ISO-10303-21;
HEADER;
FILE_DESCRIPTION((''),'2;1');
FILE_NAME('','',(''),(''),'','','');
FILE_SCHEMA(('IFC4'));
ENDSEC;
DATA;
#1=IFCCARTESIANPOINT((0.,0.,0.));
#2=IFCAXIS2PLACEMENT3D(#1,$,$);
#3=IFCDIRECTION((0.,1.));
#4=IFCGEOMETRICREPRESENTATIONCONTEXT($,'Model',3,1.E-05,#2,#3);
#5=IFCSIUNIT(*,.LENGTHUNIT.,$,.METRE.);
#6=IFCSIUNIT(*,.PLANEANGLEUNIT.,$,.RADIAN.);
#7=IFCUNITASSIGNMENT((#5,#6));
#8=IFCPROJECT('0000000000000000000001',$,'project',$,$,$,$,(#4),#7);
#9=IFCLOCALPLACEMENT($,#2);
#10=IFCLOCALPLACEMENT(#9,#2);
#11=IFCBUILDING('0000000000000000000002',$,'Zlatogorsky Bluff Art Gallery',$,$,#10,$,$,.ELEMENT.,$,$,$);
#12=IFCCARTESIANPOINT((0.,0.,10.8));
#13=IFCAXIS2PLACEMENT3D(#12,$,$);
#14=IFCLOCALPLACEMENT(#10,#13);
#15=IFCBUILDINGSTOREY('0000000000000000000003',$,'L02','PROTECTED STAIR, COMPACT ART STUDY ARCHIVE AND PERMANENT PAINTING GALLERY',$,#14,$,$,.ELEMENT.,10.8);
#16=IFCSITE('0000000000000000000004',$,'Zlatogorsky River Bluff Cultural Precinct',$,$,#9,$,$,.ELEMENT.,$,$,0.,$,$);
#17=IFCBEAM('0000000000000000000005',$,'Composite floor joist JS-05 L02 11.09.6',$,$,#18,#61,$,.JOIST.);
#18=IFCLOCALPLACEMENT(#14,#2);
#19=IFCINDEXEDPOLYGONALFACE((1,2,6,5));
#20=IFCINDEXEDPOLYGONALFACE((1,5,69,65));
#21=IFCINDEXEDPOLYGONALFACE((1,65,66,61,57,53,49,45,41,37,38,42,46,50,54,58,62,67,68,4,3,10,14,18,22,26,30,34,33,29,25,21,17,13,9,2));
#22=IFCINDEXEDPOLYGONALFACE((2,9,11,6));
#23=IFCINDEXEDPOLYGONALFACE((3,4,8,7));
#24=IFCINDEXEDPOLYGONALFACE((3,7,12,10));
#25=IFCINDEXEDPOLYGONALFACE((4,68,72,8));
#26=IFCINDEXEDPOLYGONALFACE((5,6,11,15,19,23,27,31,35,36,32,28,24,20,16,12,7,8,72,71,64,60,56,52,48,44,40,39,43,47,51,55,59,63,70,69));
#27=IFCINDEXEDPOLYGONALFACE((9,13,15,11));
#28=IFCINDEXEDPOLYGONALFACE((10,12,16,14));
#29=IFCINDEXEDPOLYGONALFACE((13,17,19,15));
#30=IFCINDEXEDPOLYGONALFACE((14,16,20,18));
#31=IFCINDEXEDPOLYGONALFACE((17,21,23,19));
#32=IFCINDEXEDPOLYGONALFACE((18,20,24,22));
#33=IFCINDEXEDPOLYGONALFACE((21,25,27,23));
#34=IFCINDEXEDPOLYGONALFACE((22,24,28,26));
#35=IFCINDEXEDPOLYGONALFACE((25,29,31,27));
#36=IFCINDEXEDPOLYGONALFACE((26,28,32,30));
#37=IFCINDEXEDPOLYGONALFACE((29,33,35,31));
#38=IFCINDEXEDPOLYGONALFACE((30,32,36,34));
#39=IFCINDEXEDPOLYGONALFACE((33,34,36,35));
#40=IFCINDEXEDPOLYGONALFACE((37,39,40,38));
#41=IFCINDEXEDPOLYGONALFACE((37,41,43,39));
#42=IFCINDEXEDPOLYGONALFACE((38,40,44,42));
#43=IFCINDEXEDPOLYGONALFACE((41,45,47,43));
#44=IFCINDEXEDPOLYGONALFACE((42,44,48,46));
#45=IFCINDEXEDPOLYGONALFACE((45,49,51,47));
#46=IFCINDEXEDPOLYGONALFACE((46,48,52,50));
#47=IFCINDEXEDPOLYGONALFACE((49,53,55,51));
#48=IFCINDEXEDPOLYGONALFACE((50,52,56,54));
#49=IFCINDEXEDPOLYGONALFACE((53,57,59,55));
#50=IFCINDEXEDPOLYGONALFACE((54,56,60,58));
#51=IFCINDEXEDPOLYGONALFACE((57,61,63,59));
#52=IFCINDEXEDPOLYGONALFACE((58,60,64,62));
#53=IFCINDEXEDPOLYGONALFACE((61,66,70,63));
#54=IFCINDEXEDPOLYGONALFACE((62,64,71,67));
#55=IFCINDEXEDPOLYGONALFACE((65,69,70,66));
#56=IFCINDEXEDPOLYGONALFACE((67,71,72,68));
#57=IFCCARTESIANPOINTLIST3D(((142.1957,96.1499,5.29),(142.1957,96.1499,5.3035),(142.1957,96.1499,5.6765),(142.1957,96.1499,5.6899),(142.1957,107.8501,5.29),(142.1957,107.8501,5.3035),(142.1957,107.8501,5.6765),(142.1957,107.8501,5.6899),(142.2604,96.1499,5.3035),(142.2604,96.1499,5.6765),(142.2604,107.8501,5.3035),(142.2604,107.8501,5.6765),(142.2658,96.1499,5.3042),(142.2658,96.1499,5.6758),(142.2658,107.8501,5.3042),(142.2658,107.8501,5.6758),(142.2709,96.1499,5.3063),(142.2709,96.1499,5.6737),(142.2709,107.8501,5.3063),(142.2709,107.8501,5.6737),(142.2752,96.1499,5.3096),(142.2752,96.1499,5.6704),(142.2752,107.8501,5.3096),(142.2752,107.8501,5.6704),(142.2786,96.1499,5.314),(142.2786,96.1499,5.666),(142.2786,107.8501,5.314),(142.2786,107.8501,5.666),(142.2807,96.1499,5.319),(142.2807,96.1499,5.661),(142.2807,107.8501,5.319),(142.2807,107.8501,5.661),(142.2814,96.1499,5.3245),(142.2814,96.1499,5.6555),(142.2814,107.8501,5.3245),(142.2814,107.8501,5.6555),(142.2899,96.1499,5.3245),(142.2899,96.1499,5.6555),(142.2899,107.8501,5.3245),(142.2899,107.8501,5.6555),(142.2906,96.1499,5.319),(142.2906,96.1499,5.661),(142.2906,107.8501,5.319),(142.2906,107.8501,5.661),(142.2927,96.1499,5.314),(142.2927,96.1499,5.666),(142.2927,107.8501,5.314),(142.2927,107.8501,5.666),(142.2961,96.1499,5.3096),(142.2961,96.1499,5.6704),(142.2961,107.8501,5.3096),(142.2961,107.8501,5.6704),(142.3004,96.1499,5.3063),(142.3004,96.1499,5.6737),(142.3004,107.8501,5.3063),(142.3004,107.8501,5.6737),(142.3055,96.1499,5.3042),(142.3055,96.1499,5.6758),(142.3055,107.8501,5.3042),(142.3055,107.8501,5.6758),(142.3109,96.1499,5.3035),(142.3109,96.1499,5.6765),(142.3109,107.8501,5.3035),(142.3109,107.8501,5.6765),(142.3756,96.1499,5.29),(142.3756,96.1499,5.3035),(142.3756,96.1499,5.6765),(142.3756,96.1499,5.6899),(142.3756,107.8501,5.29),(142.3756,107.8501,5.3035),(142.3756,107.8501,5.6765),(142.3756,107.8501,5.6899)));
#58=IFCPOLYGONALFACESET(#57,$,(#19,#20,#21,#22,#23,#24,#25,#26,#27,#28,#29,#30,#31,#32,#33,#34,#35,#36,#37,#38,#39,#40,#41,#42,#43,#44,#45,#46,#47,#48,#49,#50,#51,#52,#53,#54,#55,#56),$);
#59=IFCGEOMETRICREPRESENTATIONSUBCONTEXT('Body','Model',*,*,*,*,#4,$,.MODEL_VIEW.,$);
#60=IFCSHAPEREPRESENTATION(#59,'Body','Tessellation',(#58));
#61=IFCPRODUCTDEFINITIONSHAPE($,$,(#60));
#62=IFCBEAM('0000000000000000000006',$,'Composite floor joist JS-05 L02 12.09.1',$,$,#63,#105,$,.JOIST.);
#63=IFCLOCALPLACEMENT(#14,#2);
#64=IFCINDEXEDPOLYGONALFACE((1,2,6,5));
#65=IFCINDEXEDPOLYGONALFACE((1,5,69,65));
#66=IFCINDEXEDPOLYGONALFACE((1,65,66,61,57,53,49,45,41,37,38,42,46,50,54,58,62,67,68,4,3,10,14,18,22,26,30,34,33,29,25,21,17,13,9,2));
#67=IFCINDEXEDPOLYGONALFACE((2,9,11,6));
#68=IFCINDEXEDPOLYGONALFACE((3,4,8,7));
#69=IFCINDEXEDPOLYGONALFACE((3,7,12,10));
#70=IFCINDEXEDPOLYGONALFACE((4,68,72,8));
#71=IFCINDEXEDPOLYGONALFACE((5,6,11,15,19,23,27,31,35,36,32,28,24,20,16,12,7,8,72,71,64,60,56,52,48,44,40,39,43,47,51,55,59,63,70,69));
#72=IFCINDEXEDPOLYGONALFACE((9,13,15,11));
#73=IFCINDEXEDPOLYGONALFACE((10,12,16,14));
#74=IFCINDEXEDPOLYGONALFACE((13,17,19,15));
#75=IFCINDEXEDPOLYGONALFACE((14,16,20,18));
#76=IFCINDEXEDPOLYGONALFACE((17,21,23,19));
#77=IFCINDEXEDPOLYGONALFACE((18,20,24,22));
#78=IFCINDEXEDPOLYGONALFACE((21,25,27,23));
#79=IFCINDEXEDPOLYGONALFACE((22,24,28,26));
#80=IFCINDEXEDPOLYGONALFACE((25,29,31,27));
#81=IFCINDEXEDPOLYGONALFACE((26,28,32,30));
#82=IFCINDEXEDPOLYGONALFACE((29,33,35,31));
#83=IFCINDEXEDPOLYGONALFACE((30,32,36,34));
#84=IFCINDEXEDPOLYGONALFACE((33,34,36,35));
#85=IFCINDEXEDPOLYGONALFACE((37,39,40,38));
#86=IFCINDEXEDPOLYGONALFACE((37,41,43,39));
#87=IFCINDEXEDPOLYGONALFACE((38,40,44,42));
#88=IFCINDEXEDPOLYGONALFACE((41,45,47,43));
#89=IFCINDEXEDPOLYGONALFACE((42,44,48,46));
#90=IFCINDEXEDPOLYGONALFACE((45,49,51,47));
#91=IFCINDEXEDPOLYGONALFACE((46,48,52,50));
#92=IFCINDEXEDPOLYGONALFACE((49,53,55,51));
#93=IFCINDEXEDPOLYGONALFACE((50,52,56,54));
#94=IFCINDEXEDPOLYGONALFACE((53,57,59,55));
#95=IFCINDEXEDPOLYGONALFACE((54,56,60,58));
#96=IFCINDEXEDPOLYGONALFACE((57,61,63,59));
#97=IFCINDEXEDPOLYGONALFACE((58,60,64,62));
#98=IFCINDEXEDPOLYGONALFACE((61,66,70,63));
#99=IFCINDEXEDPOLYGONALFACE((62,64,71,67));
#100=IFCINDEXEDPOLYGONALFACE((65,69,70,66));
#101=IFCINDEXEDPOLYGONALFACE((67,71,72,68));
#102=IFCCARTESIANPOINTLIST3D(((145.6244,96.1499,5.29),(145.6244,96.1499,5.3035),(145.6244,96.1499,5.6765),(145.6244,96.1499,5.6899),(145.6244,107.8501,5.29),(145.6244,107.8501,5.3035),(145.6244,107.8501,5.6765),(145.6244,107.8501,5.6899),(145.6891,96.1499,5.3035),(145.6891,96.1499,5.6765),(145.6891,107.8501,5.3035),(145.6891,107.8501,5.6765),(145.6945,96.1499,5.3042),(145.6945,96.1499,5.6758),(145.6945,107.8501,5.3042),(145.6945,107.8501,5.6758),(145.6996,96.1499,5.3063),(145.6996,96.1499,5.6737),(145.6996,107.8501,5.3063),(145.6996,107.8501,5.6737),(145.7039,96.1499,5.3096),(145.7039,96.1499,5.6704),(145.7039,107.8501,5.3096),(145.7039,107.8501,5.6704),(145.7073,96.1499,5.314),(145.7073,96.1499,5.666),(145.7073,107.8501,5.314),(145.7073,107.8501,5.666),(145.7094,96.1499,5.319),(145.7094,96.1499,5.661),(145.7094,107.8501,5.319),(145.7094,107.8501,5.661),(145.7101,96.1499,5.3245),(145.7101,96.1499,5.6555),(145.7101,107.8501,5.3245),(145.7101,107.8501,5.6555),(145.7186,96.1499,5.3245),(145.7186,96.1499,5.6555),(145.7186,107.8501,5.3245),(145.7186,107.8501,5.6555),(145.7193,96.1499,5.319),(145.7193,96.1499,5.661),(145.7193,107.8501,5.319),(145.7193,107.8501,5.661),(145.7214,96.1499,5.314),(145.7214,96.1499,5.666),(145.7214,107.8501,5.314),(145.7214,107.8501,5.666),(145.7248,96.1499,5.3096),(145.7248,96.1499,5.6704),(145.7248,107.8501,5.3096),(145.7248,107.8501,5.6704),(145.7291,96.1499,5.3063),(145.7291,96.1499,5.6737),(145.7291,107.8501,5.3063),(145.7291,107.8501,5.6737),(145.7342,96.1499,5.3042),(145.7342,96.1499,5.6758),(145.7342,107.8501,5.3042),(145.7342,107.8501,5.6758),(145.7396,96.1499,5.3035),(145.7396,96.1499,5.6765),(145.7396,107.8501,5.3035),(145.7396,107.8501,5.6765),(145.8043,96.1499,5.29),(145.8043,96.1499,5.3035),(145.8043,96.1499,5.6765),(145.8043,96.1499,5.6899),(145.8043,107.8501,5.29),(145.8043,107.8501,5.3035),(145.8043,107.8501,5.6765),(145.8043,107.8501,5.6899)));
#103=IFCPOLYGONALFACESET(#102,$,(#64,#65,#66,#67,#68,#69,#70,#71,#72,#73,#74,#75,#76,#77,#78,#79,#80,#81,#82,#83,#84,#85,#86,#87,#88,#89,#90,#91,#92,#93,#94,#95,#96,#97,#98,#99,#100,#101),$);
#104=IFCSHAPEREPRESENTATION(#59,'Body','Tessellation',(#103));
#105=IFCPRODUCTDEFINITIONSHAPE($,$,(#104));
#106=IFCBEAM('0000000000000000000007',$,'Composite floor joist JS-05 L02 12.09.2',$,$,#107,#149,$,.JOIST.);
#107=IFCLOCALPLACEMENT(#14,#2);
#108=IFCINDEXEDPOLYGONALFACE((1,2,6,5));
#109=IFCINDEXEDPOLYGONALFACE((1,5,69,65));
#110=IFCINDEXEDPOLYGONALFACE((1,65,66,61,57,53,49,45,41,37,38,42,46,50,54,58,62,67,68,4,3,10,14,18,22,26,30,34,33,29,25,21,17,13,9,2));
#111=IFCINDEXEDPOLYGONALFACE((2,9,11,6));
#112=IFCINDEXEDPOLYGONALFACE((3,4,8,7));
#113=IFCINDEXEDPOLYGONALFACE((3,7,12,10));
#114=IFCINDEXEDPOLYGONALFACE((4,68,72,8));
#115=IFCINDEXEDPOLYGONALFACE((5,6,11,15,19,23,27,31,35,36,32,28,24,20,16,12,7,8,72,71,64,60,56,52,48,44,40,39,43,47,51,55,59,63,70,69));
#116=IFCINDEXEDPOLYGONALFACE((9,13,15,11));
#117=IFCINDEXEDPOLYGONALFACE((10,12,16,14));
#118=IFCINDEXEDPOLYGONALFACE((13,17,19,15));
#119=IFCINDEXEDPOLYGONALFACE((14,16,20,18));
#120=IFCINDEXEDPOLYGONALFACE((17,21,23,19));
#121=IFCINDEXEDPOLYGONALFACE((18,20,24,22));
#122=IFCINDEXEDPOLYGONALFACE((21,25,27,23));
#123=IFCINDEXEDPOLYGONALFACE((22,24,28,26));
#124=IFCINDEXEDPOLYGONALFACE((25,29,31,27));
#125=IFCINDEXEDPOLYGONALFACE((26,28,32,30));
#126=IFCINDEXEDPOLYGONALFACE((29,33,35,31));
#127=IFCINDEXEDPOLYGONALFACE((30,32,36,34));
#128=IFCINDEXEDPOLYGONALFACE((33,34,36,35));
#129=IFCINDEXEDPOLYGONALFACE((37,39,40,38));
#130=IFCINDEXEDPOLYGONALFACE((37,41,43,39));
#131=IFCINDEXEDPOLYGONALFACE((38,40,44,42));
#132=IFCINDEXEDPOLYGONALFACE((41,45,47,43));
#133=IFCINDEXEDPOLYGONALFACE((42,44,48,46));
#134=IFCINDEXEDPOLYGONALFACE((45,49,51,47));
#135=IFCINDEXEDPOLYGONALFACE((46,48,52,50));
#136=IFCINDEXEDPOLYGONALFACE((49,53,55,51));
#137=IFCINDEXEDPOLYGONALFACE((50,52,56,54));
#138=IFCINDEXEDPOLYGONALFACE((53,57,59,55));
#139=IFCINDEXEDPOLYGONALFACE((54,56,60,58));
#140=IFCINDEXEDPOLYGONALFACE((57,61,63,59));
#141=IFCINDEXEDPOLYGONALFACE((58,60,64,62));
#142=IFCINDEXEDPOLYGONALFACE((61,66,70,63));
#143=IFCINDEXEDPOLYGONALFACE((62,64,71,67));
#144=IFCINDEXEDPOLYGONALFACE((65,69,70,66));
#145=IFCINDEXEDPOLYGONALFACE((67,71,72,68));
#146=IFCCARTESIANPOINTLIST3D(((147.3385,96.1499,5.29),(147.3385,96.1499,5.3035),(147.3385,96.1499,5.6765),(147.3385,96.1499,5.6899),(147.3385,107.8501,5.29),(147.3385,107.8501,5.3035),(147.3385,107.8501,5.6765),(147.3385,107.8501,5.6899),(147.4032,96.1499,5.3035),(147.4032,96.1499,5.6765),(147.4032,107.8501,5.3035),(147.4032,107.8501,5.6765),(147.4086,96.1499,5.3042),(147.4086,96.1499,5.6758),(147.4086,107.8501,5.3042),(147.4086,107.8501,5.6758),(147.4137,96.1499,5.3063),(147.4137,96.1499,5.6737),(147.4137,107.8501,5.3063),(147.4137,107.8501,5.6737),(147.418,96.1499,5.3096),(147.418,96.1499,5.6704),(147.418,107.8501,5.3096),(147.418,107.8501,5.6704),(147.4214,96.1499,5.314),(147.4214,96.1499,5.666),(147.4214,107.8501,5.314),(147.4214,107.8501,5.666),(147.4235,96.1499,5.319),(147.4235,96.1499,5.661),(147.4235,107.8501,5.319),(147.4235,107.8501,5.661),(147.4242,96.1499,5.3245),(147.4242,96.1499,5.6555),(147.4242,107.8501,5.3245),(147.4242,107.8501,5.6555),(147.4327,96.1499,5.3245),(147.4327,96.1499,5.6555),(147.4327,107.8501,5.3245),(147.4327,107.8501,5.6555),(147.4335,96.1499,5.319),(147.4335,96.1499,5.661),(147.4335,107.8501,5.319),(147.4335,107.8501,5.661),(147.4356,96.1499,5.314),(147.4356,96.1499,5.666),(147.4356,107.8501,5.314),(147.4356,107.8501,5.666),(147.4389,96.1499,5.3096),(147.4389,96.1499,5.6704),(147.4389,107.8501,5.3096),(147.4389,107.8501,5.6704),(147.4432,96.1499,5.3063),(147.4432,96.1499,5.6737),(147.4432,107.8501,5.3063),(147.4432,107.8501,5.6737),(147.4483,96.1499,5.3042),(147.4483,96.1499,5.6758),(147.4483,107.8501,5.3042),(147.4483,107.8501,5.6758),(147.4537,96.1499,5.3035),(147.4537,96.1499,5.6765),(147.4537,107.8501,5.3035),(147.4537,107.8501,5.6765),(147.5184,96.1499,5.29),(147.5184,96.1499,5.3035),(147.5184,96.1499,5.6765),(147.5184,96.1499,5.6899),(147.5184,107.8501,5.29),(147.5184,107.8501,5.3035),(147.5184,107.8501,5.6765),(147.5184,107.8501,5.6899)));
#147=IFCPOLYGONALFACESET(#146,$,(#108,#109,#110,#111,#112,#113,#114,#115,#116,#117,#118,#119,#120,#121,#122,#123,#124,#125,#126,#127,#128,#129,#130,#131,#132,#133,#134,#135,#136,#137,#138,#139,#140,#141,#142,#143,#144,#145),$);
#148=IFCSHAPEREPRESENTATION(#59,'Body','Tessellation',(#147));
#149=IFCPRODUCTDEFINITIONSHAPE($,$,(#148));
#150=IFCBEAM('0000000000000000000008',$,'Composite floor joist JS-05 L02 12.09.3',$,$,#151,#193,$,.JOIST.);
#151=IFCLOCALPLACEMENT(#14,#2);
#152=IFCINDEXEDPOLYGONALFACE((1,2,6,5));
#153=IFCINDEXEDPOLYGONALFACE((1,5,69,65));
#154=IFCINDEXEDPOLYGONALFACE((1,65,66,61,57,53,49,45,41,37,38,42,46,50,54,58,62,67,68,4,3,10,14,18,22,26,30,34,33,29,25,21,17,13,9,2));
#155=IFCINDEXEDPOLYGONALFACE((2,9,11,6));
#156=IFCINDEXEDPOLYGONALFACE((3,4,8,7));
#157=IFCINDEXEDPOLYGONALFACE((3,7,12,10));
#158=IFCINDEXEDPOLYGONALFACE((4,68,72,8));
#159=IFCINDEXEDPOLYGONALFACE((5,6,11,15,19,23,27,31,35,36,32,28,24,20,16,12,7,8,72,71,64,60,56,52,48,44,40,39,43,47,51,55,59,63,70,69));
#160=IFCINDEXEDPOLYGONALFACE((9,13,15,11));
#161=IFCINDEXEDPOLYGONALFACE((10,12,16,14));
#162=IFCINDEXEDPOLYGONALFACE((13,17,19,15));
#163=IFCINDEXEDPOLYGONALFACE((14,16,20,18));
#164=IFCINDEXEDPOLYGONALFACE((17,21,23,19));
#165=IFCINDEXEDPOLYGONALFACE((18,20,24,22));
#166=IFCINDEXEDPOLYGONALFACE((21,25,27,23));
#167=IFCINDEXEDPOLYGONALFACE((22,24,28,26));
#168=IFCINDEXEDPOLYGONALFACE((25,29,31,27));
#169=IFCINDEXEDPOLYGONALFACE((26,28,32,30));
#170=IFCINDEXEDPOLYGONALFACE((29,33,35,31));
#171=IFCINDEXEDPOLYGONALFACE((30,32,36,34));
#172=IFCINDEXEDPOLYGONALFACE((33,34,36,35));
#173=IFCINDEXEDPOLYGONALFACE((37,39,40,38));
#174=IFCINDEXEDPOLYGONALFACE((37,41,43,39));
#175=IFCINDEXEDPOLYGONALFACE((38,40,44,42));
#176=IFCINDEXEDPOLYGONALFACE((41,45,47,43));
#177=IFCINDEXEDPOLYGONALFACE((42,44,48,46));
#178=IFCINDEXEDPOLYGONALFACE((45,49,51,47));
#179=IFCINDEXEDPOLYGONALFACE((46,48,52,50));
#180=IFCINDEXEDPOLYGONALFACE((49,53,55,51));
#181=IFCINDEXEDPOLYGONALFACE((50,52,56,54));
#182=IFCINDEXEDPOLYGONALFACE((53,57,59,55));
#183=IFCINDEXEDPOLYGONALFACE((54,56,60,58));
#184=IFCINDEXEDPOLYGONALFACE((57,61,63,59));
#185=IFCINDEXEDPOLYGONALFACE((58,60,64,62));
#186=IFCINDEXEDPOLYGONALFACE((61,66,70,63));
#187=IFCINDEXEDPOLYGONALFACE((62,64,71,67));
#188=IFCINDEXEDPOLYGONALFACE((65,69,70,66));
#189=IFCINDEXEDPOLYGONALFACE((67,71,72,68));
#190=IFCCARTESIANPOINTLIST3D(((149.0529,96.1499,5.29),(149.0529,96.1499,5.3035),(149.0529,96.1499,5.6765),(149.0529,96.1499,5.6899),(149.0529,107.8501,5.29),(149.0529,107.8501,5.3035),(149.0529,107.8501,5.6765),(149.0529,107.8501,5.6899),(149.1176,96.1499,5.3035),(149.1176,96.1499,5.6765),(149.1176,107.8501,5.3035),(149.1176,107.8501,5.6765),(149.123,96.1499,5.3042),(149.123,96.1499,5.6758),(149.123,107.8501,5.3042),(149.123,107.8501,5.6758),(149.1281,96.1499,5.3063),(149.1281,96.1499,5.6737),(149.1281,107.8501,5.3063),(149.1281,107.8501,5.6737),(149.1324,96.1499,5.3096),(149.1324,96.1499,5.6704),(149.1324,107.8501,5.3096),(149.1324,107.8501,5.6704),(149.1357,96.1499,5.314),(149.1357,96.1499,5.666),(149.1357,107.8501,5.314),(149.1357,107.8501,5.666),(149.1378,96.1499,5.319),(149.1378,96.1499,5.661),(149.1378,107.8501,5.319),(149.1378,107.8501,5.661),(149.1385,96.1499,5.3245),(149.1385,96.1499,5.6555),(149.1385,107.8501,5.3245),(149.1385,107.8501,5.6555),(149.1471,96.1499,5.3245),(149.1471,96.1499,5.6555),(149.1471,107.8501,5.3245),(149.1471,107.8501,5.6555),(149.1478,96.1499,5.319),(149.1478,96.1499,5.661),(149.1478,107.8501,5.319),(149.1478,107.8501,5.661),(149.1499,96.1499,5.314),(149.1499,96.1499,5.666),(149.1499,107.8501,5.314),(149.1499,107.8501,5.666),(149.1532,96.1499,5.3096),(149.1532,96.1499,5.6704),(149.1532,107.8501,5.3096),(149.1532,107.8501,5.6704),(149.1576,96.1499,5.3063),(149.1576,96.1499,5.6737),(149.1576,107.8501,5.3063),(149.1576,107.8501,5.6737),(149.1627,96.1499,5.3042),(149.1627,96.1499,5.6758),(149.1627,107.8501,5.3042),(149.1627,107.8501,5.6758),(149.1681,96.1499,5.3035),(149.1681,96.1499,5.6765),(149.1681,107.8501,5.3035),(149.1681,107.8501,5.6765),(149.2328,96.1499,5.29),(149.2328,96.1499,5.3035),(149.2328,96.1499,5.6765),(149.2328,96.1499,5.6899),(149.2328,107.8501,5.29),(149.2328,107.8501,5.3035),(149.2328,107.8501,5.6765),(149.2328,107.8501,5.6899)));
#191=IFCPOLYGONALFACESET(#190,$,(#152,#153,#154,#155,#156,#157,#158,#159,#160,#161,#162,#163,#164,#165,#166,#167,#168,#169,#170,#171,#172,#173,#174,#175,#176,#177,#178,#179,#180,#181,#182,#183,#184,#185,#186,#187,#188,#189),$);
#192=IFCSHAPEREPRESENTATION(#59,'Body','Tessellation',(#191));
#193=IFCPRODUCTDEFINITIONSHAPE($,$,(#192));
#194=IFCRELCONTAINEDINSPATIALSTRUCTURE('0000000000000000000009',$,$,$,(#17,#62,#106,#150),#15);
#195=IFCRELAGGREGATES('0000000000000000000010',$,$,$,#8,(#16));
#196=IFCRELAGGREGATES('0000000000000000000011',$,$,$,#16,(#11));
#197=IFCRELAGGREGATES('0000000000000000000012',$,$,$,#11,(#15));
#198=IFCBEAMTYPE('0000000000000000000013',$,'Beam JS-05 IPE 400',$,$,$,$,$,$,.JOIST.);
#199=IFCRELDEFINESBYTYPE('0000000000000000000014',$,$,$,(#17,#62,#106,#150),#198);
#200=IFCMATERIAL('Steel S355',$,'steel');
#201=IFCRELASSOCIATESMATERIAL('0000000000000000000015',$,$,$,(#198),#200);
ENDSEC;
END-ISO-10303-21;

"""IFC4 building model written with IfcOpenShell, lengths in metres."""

from ifc_helpers import new_model, si_unit, direction, frame, origin, origin_2d, place, context, subcontext, project, spatial, i_section, extrude, material, material_profile, profile_set, type_object, element, save


model = new_model("IFC4")

# Units and contexts
model_context = context("Model", 3, precision=1e-05, world=origin(), true_north=direction((0.0, 1.0)))
body_context = subcontext(model_context, "Body", "Model", "MODEL_VIEW")
ifc_project = project(units=[si_unit("LENGTHUNIT", "METRE"), si_unit("PLANEANGLEUNIT", "RADIAN")], contexts=[model_context])

# Site, building, storey
site_placement = place(None, origin())
site = spatial("IfcSite", under=ifc_project, at=site_placement, Name="Zlatogorsky River Bluff Cultural Precinct", CompositionType="ELEMENT", RefElevation=0.0)
building_placement = place(site_placement, origin())
building = spatial("IfcBuilding", under=site, at=building_placement, Name="Zlatogorsky Bluff Art Gallery", CompositionType="ELEMENT")
storey_placement = place(building_placement, frame((0.0, 0.0, 10.8)))
storey = spatial("IfcBuildingStorey", under=building, at=storey_placement, Name="L02", Description="PROTECTED STAIR, COMPACT ART STUDY ARCHIVE AND PERMANENT PAINTING GALLERY", CompositionType="ELEMENT", Elevation=10.8)

# Beams
ifc_material_1 = material(Name="Steel S355", Category="steel")
ifc_material_profile_1 = material_profile(ifc_material_1, i_section(OverallWidth=0.1799, OverallDepth=0.3999, WebThickness=0.0085, FlangeThickness=0.0134, FilletRadius=0.021, at=origin_2d()), Name="IPE 400")
ifc_profile_set_1 = profile_set([ifc_material_profile_1], Name="Steel S355")
beam_type = type_object("IfcBeamType", Name="Beam JS-05 IPE 400", PredefinedType="JOIST", material=ifc_profile_set_1)
for number, where, z_axis, x_axis, name in (
    (1, (142.2856, 96.1499, 5.49), (0.0, 1.0, 0.0), (-1.0, 0.0, 0.0), "Composite floor joist JS-05 L02 11.09.6"),
    (2, (145.7144, 96.1499, 5.49), (0.0, 1.0, 0.0), (-1.0, 0.0, 0.0), "Composite floor joist JS-05 L02 12.09.1"),
    (3, (147.4285, 96.1499, 5.49), (0.0, 1.0, 0.0), (-1.0, 0.0, 0.0), "Composite floor joist JS-05 L02 12.09.2"),
    (4, (149.1428, 96.1499, 5.49), (0.0, 1.0, 0.0), (-1.0, 0.0, 0.0), "Composite floor joist JS-05 L02 12.09.3"),
):
    element("IfcBeam", number, at=place(storey_placement, frame(where, z_axis=z_axis, x_axis=x_axis)), inside=storey, type_object=beam_type, Name=name, PredefinedType="JOIST", context=body_context, shape_type="SweptSolid", body=[
        extrude(i_section(OverallWidth=0.1799, OverallDepth=0.3999, WebThickness=0.0085, FlangeThickness=0.0134, FilletRadius=0.021, at=origin_2d()), origin(), (0.0, 0.0, 1.0), 11.7002),
    ])

save(model, "model.ifc")
